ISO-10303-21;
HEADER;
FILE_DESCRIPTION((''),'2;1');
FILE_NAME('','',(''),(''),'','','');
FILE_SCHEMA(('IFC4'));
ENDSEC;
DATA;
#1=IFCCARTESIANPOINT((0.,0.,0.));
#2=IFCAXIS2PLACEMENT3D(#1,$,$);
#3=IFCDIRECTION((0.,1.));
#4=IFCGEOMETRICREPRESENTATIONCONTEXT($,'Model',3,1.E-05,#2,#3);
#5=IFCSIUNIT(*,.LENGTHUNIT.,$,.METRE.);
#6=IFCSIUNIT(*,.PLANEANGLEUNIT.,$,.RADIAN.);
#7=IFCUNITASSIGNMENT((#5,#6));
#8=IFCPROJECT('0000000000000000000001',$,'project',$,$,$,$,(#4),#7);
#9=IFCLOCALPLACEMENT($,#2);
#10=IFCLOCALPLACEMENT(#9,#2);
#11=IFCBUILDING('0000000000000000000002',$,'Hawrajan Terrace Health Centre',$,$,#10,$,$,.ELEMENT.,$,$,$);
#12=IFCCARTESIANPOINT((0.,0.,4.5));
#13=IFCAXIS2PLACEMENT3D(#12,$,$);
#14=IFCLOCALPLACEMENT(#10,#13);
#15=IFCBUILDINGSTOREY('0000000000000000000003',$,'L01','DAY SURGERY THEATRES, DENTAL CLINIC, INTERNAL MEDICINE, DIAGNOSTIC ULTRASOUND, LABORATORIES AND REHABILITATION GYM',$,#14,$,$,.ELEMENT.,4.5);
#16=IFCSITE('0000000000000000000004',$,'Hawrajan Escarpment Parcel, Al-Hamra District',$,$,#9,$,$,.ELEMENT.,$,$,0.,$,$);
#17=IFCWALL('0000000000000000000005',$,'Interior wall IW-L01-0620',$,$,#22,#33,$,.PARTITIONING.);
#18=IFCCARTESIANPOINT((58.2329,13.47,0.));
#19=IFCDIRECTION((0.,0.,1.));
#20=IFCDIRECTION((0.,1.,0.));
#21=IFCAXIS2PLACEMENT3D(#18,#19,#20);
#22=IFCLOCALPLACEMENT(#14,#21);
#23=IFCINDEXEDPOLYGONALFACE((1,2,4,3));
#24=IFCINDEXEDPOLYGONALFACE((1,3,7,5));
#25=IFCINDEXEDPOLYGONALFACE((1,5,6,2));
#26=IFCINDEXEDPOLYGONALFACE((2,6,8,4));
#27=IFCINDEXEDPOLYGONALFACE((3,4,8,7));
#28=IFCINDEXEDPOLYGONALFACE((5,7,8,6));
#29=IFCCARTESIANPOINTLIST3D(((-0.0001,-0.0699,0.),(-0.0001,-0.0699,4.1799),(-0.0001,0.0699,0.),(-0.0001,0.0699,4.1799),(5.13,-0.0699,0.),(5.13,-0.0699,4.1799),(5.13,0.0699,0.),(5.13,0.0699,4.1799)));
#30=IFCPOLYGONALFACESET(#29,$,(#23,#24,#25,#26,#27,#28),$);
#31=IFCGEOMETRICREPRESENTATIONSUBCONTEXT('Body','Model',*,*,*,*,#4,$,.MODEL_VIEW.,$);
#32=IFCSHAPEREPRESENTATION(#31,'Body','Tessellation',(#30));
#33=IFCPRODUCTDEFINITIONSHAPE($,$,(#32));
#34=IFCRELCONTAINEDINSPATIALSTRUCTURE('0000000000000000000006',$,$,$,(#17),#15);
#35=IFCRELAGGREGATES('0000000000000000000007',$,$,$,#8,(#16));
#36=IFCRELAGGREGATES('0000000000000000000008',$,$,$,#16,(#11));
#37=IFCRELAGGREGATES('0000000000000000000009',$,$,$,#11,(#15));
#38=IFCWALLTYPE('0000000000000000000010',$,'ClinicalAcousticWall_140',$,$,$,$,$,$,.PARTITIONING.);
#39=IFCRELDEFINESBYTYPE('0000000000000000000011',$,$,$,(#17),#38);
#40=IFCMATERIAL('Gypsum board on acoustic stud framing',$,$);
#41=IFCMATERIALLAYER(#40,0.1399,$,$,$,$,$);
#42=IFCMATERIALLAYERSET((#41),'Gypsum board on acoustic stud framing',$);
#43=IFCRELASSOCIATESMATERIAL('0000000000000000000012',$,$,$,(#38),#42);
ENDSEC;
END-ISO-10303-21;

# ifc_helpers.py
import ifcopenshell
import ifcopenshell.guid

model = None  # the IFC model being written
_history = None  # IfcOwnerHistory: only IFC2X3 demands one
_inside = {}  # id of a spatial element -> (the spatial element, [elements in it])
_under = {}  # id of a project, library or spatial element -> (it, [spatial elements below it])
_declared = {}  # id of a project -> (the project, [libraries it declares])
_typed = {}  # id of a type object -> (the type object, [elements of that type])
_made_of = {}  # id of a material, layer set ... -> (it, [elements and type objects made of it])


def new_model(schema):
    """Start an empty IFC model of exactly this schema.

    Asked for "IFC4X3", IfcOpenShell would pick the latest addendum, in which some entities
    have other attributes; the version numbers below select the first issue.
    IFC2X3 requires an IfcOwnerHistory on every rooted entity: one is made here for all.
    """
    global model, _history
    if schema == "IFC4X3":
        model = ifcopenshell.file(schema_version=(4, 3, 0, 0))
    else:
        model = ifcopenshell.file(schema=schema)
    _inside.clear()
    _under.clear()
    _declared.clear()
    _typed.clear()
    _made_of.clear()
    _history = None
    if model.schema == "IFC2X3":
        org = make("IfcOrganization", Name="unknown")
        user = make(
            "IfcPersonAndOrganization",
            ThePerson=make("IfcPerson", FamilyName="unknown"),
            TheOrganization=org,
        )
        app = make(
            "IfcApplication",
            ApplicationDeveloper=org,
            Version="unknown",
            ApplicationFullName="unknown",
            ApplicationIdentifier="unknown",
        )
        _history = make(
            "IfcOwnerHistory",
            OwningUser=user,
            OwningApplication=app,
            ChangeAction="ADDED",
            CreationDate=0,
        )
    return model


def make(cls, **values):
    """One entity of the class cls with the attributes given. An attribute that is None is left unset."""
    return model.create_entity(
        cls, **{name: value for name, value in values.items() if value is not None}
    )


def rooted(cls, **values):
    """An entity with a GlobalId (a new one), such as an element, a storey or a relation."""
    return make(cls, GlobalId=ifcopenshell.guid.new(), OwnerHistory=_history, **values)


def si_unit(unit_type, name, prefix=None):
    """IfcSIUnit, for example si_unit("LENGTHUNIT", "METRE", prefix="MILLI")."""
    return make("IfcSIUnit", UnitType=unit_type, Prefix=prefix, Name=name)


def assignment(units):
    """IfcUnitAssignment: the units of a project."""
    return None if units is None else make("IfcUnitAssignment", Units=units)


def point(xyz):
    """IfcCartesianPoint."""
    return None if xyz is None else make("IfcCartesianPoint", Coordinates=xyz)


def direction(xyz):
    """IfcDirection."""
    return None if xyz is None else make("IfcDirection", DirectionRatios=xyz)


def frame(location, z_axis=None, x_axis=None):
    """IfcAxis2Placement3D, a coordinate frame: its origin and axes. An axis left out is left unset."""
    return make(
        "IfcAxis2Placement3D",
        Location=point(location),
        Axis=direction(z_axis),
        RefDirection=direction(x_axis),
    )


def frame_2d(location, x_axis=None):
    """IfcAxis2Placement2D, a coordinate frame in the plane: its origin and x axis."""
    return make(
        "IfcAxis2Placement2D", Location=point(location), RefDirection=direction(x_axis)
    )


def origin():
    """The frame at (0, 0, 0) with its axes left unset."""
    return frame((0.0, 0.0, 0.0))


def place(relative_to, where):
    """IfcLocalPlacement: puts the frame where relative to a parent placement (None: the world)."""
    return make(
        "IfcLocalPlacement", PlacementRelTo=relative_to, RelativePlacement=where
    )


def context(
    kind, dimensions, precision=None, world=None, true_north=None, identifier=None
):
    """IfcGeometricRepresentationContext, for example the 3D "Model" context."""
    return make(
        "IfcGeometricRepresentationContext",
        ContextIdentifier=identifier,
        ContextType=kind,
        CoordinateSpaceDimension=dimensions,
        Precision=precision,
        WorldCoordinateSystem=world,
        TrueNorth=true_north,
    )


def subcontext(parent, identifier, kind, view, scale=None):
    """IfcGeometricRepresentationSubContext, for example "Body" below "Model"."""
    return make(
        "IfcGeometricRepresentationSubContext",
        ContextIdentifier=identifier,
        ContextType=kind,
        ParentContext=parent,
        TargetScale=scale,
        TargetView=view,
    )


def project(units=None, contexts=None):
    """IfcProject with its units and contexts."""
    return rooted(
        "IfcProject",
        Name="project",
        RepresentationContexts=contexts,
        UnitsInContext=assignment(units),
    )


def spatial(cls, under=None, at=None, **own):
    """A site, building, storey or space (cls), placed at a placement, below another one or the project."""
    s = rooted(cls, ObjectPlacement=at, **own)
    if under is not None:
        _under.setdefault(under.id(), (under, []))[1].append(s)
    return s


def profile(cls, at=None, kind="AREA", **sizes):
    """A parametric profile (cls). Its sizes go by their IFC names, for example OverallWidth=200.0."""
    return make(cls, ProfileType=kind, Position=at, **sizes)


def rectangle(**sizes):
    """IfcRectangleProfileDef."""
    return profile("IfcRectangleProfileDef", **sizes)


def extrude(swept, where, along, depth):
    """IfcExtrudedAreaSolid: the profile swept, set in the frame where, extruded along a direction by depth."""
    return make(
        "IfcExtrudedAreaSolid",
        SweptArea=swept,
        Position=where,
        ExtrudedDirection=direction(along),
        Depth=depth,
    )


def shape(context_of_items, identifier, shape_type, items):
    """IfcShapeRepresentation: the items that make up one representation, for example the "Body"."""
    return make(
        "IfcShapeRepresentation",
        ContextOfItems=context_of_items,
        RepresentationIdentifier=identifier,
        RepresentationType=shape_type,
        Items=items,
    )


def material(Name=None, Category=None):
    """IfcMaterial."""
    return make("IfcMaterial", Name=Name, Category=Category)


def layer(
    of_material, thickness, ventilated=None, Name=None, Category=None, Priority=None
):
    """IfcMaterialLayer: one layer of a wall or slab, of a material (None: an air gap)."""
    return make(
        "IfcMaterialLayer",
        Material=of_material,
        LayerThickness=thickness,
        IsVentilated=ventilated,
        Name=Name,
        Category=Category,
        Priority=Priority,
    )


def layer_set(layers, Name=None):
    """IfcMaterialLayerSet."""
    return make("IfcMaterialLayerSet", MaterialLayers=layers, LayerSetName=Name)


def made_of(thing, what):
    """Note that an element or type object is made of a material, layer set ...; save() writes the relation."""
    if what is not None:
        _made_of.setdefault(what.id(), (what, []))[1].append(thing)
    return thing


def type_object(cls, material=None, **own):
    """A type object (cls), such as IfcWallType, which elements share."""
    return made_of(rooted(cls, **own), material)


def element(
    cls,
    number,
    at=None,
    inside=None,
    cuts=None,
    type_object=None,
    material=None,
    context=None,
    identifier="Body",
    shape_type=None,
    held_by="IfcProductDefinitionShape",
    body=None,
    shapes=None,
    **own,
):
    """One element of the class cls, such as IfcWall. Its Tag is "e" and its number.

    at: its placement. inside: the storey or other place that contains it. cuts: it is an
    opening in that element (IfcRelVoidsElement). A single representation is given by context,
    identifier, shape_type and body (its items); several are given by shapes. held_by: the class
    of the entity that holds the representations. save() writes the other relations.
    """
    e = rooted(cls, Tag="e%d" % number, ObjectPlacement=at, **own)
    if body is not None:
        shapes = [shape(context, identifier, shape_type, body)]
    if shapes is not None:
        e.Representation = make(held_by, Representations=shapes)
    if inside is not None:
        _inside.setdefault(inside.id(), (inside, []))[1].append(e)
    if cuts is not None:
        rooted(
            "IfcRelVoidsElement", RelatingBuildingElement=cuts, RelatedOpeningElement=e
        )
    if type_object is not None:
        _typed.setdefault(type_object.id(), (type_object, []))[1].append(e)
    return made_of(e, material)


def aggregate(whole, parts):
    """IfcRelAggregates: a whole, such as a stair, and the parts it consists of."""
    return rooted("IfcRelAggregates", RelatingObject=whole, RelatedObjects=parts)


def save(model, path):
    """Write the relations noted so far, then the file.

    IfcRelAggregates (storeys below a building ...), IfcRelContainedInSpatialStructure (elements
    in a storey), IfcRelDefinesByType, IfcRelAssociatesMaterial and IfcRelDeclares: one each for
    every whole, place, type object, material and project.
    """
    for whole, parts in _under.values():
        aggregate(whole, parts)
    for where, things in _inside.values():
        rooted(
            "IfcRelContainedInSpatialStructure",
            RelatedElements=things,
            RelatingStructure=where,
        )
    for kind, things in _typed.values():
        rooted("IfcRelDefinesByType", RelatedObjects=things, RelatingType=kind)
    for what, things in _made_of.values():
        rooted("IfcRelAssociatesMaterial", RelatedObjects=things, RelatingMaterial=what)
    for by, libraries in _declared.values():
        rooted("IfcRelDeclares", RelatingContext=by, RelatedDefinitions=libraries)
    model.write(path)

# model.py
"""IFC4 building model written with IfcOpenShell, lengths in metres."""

from ifc_helpers import new_model, si_unit, direction, frame, frame_2d, origin, place, context, subcontext, project, spatial, rectangle, extrude, material, layer, layer_set, type_object, element, save


model = new_model("IFC4")

# Units and contexts
model_context = context("Model", 3, precision=1e-05, world=origin(), true_north=direction((0.0, 1.0)))
body_context = subcontext(model_context, "Body", "Model", "MODEL_VIEW")
ifc_project = project(units=[si_unit("LENGTHUNIT", "METRE"), si_unit("PLANEANGLEUNIT", "RADIAN")], contexts=[model_context])

# Site, building, storey
site_placement = place(None, origin())
site = spatial("IfcSite", under=ifc_project, at=site_placement, Name="Hawrajan Escarpment Parcel, Al-Hamra District", CompositionType="ELEMENT", RefElevation=0.0)
building_placement = place(site_placement, origin())
building = spatial("IfcBuilding", under=site, at=building_placement, Name="Hawrajan Terrace Health Centre", CompositionType="ELEMENT")
storey_placement = place(building_placement, frame((0.0, 0.0, 4.5)))
storey = spatial("IfcBuildingStorey", under=building, at=storey_placement, Name="L01", Description="DAY SURGERY THEATRES, DENTAL CLINIC, INTERNAL MEDICINE, DIAGNOSTIC ULTRASOUND, LABORATORIES AND REHABILITATION GYM", CompositionType="ELEMENT", Elevation=4.5)

# Shared definitions
ifc_material_1 = material(Name="Gypsum board on acoustic stud framing")
ifc_layer_1 = layer(ifc_material_1, 0.1399)
ifc_layer_set_1 = layer_set([ifc_layer_1], Name="Gypsum board on acoustic stud framing")
wall_type_1 = type_object("IfcWallType", Name="ClinicalAcousticWall_140", PredefinedType="PARTITIONING", material=ifc_layer_set_1)

# Wall
wall_1_placement = place(storey_placement, frame((58.2329, 13.47, 0.0), z_axis=(0.0, 0.0, 1.0), x_axis=(0.0, 1.0, 0.0)))
element("IfcWall", 1, at=wall_1_placement, inside=storey, type_object=wall_type_1, Name="Interior wall IW-L01-0620", PredefinedType="PARTITIONING", context=body_context, shape_type="SweptSolid", body=[
    extrude(rectangle(XDim=5.1301, YDim=0.1399, at=frame_2d((2.5649, 0.0))), origin(), (0.0, 0.0, 1.0), 4.1799),
])

save(model, "model.ifc")
